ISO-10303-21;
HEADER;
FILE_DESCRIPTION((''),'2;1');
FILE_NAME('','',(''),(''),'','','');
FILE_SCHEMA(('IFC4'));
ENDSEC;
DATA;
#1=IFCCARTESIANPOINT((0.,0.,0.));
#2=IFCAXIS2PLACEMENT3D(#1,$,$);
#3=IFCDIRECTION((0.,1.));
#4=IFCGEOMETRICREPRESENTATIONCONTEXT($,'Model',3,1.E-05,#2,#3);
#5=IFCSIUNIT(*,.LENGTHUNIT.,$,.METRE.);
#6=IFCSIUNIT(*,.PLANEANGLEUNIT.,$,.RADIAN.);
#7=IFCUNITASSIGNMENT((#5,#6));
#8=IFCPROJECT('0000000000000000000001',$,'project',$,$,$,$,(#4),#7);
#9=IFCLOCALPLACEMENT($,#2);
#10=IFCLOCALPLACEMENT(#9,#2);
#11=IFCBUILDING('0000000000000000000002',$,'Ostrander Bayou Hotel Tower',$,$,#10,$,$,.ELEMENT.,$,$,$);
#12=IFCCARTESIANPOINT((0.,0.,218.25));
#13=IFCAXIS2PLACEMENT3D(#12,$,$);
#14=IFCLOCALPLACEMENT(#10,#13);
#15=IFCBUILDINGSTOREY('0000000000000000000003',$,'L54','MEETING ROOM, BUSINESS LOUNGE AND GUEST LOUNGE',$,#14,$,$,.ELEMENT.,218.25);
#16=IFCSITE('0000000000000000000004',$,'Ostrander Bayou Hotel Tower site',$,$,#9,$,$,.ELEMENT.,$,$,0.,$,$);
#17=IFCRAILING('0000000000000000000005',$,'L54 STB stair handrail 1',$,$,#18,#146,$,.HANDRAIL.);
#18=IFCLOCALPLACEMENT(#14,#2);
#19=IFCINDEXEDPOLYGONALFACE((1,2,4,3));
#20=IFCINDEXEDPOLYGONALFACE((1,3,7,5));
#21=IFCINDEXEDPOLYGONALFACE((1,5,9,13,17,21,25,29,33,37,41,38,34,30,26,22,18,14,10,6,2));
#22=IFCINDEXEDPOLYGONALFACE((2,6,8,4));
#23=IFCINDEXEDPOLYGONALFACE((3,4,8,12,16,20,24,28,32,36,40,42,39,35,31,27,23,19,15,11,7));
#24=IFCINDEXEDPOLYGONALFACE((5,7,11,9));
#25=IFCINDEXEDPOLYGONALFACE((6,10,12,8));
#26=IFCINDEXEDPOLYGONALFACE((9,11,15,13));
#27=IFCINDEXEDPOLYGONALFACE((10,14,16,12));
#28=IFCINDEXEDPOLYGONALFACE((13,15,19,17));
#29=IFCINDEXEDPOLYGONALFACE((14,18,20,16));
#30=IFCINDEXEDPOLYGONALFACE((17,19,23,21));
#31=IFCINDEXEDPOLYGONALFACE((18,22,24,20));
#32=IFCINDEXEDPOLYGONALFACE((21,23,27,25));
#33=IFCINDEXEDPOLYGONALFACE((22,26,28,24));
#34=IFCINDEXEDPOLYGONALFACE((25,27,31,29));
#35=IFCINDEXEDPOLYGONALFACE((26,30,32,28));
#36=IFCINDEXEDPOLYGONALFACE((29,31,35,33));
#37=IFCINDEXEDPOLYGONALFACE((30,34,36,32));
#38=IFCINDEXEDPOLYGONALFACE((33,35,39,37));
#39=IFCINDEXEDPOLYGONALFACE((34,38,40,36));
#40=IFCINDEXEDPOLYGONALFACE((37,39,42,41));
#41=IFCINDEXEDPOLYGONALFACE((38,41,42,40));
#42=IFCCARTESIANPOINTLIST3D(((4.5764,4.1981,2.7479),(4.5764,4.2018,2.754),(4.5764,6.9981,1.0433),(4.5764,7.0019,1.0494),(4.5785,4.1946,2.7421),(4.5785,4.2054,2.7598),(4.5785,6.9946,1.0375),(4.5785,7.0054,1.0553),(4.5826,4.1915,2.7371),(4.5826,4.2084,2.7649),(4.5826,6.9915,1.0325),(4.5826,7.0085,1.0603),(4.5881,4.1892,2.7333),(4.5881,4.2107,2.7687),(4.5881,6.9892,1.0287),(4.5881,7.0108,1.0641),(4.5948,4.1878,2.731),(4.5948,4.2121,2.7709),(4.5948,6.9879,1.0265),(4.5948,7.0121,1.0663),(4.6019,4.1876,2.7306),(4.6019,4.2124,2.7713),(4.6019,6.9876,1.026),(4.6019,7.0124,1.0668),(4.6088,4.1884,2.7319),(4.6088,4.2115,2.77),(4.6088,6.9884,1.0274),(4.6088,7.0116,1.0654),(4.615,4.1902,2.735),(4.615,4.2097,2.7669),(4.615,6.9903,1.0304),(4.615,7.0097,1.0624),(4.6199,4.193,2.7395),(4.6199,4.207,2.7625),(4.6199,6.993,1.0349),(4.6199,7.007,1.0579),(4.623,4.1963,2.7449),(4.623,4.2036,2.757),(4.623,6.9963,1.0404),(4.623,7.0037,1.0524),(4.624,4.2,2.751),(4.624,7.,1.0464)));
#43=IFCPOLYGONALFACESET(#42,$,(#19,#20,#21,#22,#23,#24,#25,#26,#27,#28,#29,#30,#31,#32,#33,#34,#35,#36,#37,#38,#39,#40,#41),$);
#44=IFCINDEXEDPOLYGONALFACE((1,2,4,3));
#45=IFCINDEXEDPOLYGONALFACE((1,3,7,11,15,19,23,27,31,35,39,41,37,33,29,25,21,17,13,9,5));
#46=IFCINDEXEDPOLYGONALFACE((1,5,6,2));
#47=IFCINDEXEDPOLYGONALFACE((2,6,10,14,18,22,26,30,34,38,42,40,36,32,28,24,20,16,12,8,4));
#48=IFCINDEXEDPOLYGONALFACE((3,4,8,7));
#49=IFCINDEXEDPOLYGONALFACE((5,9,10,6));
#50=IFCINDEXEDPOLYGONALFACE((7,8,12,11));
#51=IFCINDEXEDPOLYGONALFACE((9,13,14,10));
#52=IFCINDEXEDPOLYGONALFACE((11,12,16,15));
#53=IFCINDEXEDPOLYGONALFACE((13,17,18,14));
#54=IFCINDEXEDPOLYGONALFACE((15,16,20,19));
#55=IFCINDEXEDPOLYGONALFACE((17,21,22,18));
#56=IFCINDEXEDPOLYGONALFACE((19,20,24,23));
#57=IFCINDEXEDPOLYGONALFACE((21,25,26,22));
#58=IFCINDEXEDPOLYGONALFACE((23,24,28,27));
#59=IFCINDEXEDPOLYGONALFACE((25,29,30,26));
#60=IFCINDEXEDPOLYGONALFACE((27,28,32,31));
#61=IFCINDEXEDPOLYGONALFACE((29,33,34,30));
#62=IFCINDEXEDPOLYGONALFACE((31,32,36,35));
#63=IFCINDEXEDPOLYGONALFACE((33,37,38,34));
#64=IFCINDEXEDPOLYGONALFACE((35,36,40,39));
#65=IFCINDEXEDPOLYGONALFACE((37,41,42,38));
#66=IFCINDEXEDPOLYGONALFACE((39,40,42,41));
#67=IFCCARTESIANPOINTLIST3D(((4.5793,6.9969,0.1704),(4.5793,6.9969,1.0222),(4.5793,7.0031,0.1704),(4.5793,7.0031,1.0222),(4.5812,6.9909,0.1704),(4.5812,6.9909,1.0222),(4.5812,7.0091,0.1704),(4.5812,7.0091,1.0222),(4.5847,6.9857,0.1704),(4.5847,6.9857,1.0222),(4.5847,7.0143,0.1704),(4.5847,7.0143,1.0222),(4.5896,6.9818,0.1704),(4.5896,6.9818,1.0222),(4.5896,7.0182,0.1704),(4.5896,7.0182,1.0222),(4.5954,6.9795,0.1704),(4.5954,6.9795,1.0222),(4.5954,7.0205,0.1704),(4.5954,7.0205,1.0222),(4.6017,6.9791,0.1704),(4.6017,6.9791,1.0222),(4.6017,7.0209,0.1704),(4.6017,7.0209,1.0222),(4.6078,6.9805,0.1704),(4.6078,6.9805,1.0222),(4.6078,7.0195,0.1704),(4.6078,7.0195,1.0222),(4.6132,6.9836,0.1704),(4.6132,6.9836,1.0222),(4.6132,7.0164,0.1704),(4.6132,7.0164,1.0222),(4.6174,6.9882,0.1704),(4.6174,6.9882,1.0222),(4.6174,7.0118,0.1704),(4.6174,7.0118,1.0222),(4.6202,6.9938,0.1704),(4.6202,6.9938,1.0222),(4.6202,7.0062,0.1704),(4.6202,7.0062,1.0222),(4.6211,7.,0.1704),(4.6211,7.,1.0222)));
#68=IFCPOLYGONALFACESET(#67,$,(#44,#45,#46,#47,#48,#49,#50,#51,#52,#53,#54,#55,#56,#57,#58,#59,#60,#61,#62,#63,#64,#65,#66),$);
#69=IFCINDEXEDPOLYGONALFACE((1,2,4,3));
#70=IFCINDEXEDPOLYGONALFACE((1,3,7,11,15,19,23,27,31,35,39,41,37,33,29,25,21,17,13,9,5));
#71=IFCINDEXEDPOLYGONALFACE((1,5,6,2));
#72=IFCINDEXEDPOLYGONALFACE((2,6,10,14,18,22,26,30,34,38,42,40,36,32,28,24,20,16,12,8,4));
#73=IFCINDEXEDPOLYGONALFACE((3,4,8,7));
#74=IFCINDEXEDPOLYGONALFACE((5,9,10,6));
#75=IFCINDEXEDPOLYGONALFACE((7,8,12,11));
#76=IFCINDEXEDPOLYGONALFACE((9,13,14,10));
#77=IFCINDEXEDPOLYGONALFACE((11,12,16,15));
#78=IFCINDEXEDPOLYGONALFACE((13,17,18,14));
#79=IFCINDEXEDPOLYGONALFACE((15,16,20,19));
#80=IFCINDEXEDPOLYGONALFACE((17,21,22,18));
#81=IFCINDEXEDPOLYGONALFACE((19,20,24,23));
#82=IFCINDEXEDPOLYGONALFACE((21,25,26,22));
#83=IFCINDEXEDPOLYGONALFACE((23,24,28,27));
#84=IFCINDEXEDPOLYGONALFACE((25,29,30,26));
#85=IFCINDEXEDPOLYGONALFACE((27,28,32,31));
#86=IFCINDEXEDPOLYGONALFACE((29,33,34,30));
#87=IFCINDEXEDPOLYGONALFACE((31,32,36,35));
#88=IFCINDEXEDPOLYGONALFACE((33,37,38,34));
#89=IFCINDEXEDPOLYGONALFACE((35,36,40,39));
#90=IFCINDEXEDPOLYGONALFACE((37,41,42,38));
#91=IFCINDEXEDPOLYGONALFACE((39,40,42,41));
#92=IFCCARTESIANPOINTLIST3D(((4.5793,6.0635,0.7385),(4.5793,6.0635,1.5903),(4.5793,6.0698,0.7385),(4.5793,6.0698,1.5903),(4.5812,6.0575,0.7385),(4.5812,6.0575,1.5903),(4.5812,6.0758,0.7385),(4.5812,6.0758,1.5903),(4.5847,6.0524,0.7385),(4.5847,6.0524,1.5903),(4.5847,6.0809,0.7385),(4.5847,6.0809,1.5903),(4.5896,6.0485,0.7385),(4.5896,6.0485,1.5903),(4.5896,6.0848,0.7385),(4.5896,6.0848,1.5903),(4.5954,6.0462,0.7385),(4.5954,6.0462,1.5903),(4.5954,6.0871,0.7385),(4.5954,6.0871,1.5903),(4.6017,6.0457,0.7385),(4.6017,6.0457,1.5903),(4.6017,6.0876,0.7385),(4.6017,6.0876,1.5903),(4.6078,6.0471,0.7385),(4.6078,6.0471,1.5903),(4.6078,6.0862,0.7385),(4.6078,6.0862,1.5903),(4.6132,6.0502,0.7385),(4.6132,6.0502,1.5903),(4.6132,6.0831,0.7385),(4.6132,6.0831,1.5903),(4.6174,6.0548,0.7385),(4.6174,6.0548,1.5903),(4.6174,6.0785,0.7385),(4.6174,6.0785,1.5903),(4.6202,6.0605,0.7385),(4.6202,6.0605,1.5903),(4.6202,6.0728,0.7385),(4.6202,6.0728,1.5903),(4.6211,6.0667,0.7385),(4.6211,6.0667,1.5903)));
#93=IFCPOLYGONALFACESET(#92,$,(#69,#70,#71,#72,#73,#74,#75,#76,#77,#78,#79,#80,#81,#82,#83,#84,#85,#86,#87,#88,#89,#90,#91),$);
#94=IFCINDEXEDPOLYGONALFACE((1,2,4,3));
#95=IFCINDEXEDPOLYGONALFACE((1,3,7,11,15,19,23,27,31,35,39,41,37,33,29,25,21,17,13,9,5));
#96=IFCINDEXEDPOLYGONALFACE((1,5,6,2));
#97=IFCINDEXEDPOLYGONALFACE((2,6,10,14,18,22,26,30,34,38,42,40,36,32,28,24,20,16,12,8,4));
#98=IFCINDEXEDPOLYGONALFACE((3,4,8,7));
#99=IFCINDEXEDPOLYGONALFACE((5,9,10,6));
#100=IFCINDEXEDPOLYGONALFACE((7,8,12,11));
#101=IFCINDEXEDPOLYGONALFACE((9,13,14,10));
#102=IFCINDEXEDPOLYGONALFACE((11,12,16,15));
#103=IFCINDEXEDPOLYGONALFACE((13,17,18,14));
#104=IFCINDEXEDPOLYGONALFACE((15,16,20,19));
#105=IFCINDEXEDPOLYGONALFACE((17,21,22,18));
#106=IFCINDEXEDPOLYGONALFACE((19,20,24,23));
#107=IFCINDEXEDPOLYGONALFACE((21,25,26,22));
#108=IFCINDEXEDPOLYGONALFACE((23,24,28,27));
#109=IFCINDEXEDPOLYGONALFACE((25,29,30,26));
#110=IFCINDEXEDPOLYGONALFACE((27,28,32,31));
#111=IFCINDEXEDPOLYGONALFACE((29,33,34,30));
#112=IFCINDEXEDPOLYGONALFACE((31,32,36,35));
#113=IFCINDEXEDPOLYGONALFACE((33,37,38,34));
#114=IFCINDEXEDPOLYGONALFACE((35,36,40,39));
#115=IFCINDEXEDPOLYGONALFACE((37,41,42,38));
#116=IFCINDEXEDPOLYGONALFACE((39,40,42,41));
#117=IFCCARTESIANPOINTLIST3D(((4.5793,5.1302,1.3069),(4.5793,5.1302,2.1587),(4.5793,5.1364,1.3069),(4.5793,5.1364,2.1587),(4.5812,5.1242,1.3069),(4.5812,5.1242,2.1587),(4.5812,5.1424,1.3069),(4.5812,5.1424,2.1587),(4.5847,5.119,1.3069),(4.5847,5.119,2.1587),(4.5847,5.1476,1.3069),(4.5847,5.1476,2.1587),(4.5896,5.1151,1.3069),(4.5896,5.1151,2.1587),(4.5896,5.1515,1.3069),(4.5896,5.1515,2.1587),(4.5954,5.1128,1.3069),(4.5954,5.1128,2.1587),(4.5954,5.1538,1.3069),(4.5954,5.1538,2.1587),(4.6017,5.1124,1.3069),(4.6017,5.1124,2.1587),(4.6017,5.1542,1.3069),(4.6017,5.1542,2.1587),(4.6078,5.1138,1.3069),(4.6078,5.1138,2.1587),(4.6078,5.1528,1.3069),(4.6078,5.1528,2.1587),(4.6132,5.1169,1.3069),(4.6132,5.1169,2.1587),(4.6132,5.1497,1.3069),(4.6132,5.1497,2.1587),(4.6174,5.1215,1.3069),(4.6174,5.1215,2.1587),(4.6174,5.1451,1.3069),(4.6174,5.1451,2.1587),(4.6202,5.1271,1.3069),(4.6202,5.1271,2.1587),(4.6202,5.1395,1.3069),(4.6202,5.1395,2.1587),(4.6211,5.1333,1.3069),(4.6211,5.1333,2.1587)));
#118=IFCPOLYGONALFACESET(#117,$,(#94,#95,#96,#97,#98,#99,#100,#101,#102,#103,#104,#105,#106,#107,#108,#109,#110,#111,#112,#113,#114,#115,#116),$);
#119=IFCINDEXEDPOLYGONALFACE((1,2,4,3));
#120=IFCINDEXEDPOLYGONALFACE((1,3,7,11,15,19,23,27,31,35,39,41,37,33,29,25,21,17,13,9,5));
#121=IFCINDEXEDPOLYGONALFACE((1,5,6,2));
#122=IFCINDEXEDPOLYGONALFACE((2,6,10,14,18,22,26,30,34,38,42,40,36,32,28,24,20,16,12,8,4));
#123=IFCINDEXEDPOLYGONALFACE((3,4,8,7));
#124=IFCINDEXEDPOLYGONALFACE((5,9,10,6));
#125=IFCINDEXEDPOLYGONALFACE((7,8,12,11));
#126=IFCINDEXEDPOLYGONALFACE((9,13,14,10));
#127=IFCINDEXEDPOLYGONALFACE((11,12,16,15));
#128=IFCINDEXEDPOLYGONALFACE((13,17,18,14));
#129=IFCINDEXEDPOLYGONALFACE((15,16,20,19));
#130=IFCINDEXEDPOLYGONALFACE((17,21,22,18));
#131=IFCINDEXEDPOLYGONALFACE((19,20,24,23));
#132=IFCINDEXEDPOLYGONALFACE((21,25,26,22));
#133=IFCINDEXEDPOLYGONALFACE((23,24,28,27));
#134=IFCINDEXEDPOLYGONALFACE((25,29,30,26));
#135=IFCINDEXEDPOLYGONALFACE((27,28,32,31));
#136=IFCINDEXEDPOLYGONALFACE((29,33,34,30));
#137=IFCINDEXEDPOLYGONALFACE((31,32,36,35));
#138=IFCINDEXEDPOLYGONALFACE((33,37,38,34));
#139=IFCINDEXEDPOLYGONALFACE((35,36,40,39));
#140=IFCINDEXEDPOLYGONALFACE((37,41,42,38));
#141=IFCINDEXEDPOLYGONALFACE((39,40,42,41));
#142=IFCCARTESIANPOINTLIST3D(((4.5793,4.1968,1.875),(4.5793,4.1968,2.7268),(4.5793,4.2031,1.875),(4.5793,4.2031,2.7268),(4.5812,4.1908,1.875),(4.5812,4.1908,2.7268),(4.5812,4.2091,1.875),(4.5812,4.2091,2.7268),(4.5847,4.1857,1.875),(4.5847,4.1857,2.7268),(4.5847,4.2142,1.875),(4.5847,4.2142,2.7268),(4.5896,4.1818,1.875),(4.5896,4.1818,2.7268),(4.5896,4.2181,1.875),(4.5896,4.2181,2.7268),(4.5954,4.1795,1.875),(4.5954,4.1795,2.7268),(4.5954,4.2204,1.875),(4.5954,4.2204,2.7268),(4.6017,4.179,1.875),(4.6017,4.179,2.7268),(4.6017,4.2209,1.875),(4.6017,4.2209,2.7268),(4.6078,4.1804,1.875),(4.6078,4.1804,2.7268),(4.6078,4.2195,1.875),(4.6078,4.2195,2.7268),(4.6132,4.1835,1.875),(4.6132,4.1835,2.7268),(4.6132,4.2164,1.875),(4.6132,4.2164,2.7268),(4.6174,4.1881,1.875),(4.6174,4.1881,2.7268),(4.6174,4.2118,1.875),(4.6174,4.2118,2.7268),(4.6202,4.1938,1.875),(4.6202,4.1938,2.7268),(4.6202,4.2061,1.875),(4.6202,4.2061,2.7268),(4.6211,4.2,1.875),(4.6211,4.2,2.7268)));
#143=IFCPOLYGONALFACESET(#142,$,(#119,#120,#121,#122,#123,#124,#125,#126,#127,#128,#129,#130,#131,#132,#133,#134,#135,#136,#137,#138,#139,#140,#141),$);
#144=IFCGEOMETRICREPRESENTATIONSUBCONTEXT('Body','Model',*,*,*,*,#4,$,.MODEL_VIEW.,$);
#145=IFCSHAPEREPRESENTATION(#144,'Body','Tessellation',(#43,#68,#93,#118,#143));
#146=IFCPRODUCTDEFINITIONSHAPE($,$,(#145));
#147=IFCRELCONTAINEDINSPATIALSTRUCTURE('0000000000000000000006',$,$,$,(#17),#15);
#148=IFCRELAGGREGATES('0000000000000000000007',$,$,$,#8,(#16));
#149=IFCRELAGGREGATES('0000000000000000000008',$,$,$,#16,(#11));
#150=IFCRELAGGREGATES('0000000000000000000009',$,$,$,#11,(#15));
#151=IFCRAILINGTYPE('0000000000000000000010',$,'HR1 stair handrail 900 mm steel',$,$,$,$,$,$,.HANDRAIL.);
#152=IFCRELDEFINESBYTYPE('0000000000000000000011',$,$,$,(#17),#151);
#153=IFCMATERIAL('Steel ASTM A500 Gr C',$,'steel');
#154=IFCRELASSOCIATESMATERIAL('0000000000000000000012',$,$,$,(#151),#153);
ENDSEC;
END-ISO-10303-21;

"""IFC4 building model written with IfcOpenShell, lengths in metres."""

from ifc_helpers import new_model, si_unit, direction, frame, origin, origin_2d, place, context, subcontext, project, spatial, circle, extrude, material, type_object, element, save


model = new_model("IFC4")

# Units and contexts
model_context = context("Model", 3, precision=1e-05, world=origin(), true_north=direction((0.0, 1.0)))
body_context = subcontext(model_context, "Body", "Model", "MODEL_VIEW")
ifc_project = project(units=[si_unit("LENGTHUNIT", "METRE"), si_unit("PLANEANGLEUNIT", "RADIAN")], contexts=[model_context])

# Site, building, storey
site_placement = place(None, origin())
site = spatial("IfcSite", under=ifc_project, at=site_placement, Name="Ostrander Bayou Hotel Tower site", CompositionType="ELEMENT", RefElevation=0.0)
building_placement = place(site_placement, origin())
building = spatial("IfcBuilding", under=site, at=building_placement, Name="Ostrander Bayou Hotel Tower", CompositionType="ELEMENT")
storey_placement = place(building_placement, frame((0.0, 0.0, 218.25)))
storey = spatial("IfcBuildingStorey", under=building, at=storey_placement, Name="L54", Description="MEETING ROOM, BUSINESS LOUNGE AND GUEST LOUNGE", CompositionType="ELEMENT", Elevation=218.25)

# Railing
ifc_material_1 = material(Name="Steel ASTM A500 Gr C", Category="steel")
railing_type_1 = type_object("IfcRailingType", Name="HR1 stair handrail 900 mm steel", PredefinedType="HANDRAIL", material=ifc_material_1)
railing_1_placement = place(storey_placement, frame((4.6001, 7.0, 0.1704)))
element("IfcRailing", 1, at=railing_1_placement, inside=storey, type_object=railing_type_1, Name="L54 STB stair handrail 1", PredefinedType="HANDRAIL", context=body_context, shape_type="SweptSolid", body=[
    extrude(circle(Radius=0.0239, at=origin_2d()), frame((0.0, 0.0, 0.876), z_axis=(0.0, -0.85417, 0.519994), x_axis=(1.0, 0.0, 0.0)), (0.0, 0.0, 1.0), 3.2781),
    extrude(circle(Radius=0.021, at=origin_2d()), origin(), (0.0, 0.0, 1.0), 0.8518),
    extrude(circle(Radius=0.021, at=origin_2d()), frame((0.0, -0.9333, 0.5681)), (0.0, 0.0, 1.0), 0.8518),
    extrude(circle(Radius=0.021, at=origin_2d()), frame((0.0, -1.8667, 1.1365)), (0.0, 0.0, 1.0), 0.8518),
    extrude(circle(Radius=0.021, at=origin_2d()), frame((0.0, -2.8, 1.7046)), (0.0, 0.0, 1.0), 0.8518),
])

save(model, "model.ifc")
